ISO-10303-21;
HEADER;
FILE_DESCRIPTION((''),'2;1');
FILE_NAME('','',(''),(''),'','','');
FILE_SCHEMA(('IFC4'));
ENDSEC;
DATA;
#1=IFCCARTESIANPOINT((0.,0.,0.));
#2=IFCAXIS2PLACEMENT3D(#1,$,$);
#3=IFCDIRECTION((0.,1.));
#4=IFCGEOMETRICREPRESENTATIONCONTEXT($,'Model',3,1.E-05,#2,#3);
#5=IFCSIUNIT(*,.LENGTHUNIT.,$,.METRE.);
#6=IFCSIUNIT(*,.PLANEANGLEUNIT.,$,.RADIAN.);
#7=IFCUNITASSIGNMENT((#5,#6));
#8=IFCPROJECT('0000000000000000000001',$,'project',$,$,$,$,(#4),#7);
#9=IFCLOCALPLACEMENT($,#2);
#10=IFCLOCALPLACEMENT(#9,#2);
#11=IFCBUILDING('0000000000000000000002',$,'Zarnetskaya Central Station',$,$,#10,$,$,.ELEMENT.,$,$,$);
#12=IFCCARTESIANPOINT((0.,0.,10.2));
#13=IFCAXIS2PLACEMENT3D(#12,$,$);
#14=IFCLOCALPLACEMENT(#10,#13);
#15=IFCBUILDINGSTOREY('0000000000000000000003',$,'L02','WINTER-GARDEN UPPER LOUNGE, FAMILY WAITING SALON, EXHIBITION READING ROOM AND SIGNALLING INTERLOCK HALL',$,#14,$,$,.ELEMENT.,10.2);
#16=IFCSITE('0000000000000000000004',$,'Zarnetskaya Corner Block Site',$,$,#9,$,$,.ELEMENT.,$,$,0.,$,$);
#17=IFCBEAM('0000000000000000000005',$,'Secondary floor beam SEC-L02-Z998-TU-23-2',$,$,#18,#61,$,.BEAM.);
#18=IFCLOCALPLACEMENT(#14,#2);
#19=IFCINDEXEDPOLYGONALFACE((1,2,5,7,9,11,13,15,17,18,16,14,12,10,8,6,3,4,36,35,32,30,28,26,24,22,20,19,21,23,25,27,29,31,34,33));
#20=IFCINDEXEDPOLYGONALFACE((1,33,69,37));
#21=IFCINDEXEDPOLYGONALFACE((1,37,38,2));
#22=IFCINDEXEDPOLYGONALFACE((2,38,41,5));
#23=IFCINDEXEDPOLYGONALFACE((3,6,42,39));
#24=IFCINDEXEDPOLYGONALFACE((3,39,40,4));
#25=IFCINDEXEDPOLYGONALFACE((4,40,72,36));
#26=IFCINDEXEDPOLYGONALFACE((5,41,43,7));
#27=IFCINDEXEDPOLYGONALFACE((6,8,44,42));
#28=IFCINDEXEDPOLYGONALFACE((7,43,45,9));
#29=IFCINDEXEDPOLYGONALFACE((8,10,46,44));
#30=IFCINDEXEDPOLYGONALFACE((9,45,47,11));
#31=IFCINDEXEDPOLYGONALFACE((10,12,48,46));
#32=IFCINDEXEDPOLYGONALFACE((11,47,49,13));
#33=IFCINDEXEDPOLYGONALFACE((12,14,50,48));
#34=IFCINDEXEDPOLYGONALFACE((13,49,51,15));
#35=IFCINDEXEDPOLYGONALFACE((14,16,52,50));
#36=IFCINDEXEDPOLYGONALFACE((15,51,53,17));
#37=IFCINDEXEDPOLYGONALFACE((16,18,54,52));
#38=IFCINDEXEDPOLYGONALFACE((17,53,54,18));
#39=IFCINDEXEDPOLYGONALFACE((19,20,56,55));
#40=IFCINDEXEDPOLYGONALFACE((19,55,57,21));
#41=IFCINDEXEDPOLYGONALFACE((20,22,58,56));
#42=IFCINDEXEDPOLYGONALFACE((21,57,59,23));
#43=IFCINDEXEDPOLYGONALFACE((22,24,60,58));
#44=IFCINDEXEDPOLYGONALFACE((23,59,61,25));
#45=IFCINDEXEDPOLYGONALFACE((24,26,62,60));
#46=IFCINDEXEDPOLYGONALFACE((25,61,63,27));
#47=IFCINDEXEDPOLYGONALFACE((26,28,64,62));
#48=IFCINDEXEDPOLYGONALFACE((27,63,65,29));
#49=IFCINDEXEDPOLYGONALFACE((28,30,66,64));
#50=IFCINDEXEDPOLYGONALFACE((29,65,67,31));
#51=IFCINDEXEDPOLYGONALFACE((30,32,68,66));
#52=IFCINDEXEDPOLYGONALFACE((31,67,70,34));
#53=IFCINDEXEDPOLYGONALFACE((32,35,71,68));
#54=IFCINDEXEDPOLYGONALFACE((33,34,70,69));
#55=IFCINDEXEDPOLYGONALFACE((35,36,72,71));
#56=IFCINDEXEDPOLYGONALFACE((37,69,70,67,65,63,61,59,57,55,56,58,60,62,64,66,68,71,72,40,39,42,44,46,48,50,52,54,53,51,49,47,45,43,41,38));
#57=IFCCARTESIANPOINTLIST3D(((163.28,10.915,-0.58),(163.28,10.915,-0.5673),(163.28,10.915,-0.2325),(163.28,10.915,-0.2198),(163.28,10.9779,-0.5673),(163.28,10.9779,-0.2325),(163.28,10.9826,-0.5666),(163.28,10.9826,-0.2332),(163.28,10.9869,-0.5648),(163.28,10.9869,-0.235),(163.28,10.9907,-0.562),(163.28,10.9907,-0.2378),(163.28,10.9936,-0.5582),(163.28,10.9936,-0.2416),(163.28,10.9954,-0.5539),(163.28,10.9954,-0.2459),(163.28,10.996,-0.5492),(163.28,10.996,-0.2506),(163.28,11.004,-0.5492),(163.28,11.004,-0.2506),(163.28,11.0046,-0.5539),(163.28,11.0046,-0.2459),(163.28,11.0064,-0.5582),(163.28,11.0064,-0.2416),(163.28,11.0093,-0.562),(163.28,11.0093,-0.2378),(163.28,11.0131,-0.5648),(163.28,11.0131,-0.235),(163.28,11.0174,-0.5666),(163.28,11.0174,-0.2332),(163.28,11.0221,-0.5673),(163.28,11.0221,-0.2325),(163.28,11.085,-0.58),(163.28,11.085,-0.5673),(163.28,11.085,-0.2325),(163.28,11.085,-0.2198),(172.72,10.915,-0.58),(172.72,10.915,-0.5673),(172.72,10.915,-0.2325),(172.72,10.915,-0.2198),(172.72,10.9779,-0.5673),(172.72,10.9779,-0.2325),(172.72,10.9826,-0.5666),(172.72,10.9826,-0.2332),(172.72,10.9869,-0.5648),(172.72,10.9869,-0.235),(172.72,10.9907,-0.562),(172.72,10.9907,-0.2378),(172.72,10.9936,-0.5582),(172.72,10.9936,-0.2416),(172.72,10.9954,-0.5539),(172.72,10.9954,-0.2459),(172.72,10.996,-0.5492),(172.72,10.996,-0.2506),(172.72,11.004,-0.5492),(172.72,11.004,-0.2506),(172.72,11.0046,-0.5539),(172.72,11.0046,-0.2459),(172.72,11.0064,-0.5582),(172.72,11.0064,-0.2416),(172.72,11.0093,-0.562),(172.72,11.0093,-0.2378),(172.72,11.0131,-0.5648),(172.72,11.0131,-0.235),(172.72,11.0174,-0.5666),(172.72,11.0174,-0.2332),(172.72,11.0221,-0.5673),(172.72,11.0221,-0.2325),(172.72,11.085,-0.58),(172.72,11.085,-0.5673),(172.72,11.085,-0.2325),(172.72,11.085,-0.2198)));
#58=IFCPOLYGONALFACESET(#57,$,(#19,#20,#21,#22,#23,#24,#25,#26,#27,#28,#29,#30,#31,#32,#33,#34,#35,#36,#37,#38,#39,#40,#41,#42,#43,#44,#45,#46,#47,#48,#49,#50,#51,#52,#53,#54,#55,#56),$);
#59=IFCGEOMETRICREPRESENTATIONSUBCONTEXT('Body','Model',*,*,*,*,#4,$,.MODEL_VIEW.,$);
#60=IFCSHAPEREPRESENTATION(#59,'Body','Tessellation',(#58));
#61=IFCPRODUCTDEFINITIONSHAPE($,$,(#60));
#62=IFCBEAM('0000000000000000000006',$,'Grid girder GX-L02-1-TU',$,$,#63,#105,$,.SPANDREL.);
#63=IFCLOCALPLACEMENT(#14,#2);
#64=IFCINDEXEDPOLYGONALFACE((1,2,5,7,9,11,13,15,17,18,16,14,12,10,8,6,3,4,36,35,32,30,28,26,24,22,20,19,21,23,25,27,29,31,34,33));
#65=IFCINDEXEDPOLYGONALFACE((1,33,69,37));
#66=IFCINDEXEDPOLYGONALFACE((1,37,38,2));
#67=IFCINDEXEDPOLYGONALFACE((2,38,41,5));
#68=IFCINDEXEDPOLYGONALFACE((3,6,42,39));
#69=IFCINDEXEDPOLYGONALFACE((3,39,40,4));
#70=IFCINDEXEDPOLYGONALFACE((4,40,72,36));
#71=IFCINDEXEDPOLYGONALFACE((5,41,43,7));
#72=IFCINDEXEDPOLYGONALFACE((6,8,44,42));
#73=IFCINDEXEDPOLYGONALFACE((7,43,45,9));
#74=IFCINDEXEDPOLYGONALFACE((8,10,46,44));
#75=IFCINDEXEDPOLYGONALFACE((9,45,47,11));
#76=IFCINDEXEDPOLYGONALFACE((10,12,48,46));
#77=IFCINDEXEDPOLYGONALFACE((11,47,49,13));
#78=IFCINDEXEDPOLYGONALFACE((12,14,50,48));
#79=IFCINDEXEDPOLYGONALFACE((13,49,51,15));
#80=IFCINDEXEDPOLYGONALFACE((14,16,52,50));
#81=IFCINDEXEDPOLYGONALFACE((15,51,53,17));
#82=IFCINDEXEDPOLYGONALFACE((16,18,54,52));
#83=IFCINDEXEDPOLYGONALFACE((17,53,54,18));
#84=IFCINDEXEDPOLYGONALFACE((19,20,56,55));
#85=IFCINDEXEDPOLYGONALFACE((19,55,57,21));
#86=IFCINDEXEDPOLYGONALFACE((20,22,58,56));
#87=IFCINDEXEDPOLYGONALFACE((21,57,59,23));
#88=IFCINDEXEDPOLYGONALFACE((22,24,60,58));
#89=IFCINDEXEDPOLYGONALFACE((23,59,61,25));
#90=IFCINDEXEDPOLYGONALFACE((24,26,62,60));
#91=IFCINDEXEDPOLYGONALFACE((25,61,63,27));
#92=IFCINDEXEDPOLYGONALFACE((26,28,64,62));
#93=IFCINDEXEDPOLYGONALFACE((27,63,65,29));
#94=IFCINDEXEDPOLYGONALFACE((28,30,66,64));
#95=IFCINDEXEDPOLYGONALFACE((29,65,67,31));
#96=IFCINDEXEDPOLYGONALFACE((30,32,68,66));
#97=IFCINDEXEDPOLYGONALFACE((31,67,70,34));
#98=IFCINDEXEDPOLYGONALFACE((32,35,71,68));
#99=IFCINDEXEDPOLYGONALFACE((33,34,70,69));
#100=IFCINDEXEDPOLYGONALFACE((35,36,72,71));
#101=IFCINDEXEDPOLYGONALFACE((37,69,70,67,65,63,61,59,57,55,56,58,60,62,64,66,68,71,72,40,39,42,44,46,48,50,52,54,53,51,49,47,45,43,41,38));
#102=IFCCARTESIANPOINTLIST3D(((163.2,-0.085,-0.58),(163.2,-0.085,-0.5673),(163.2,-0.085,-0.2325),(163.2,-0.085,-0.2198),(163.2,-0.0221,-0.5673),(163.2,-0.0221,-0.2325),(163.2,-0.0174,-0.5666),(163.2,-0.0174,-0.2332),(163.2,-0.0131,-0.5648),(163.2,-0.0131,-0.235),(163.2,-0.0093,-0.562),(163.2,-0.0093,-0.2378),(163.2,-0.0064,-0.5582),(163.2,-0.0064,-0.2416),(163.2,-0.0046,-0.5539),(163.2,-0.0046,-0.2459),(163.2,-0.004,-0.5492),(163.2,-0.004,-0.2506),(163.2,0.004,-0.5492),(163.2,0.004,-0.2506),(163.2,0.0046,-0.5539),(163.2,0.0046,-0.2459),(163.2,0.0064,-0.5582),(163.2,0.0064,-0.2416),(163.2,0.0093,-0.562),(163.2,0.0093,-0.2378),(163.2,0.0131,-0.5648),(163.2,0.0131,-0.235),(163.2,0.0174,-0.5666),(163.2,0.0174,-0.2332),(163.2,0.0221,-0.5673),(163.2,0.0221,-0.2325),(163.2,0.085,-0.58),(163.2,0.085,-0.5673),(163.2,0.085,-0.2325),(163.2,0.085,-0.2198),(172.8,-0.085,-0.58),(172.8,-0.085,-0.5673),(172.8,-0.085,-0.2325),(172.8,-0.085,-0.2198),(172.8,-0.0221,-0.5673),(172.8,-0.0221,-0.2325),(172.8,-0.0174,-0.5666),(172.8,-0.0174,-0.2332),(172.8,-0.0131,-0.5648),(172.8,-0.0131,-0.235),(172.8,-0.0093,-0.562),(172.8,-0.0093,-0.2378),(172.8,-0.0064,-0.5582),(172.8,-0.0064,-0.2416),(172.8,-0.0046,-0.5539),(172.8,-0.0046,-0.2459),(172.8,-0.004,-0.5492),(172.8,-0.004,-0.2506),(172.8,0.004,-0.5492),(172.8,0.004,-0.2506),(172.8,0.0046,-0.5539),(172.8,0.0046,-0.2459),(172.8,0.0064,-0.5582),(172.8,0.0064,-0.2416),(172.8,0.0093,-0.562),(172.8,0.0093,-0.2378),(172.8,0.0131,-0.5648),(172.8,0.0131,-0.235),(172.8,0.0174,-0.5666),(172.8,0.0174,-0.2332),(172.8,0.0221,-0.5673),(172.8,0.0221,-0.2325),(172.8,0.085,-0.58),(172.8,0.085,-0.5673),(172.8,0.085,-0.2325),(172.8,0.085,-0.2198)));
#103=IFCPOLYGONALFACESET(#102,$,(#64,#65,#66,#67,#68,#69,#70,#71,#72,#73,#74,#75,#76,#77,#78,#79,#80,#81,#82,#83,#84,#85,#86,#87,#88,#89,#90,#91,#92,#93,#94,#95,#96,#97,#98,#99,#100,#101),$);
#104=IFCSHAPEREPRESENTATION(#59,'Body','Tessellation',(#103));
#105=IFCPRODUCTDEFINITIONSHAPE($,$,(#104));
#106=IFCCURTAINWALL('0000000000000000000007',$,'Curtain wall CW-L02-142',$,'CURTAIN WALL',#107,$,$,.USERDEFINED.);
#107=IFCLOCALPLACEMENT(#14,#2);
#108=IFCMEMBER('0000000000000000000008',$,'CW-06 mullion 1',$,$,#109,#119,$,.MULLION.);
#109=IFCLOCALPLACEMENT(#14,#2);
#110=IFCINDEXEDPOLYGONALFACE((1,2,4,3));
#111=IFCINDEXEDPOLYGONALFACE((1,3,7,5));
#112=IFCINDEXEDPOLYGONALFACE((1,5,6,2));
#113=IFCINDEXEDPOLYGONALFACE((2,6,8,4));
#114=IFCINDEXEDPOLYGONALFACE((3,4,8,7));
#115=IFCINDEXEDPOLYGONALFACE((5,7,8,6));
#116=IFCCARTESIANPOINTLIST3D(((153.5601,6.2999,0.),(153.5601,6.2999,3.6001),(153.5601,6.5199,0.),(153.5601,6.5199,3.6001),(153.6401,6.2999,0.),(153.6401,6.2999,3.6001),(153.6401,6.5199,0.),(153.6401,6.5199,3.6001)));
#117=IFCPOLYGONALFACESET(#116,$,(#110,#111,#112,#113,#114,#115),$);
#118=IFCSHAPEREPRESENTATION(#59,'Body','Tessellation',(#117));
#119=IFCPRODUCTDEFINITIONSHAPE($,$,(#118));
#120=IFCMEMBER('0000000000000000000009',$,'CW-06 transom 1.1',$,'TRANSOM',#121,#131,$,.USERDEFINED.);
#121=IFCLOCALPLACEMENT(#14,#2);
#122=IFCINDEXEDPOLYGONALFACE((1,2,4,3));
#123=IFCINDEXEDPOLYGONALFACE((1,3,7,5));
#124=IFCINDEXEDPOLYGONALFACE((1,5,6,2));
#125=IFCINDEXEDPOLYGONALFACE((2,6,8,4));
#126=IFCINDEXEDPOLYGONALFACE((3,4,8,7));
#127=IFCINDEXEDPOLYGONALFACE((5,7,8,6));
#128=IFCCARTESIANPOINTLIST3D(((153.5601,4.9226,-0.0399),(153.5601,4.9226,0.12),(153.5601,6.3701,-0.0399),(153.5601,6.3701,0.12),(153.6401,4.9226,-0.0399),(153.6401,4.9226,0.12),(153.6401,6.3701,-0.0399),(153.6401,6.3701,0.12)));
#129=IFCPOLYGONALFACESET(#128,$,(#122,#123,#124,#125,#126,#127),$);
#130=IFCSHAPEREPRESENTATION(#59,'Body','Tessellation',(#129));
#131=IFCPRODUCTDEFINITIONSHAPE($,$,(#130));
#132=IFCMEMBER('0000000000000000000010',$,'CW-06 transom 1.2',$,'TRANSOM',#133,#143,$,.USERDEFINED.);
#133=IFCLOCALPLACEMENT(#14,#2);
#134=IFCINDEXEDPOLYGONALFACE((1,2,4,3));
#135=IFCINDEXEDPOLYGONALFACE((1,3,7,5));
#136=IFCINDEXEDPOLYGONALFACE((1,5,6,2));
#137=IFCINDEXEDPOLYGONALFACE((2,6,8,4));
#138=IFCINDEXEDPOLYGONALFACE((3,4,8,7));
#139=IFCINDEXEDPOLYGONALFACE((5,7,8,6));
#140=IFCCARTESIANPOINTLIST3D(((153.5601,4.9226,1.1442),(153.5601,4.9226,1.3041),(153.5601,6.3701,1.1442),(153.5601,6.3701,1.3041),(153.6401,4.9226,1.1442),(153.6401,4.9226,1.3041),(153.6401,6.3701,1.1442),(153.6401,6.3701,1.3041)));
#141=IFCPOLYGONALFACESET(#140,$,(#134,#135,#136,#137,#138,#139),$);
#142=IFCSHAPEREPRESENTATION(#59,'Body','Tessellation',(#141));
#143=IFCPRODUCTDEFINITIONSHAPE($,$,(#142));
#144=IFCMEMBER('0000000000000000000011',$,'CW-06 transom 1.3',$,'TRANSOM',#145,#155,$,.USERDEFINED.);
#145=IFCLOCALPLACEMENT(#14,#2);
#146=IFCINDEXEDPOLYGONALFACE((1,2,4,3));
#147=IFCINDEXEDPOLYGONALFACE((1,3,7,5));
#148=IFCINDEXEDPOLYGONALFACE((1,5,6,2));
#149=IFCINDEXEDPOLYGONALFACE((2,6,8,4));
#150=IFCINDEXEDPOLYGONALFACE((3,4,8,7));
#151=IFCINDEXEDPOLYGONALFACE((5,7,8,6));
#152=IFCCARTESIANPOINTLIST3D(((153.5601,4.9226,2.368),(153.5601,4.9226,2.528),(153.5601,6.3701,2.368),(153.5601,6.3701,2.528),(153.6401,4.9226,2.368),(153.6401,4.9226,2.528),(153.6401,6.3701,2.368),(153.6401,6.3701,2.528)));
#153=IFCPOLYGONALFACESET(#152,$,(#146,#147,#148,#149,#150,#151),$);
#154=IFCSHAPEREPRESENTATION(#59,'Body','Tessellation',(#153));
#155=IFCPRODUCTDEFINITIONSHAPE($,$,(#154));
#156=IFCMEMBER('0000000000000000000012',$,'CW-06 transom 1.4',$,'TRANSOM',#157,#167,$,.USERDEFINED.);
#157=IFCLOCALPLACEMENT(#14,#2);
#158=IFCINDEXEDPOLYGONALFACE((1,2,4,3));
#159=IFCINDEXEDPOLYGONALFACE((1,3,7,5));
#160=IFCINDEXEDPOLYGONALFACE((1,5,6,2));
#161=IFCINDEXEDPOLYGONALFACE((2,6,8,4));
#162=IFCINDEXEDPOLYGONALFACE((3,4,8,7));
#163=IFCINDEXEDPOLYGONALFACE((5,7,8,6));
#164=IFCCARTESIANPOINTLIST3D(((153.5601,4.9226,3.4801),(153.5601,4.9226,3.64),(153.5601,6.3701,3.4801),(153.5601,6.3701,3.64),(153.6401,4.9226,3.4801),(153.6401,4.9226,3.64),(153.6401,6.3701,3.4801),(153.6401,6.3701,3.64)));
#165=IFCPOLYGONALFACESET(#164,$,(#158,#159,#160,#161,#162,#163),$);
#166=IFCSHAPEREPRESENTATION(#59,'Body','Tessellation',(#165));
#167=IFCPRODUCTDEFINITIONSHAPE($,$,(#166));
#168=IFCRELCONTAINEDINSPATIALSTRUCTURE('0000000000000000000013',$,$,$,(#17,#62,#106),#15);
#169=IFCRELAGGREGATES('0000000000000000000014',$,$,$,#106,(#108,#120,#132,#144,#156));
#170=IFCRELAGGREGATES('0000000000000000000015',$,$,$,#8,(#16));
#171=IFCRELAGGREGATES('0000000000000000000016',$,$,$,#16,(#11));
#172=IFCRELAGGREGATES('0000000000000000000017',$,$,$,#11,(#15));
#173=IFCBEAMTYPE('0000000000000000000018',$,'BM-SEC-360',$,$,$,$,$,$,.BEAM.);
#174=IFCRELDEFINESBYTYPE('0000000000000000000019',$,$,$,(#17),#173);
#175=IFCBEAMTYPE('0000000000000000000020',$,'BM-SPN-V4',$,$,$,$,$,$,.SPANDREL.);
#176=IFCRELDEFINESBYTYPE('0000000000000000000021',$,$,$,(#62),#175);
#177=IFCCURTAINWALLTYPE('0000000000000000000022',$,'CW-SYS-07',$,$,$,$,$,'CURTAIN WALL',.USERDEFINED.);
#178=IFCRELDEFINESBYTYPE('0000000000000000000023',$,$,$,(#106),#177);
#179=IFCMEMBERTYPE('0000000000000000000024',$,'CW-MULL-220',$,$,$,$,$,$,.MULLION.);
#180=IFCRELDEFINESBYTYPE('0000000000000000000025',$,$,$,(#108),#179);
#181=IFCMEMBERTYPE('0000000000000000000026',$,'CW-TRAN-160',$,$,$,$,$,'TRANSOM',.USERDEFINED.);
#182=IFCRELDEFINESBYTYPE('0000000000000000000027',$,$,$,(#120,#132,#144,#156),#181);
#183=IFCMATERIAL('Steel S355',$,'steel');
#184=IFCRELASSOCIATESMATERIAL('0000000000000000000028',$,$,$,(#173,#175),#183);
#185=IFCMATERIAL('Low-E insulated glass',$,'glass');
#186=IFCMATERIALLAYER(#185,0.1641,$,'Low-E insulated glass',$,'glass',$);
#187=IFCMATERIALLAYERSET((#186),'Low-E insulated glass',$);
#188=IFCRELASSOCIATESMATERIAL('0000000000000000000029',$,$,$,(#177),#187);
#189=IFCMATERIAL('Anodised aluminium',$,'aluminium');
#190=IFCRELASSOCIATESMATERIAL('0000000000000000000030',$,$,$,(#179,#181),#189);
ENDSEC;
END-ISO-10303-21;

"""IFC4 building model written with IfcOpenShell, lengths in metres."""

from ifc_helpers import new_model, si_unit, direction, frame, origin, origin_2d, place, context, subcontext, project, spatial, rectangle, i_section, extrude, material, layer, layer_set, material_profile, profile_set, type_object, element, aggregate, save


model = new_model("IFC4")

# Units and contexts
model_context = context("Model", 3, precision=1e-05, world=origin(), true_north=direction((0.0, 1.0)))
body_context = subcontext(model_context, "Body", "Model", "MODEL_VIEW")
ifc_project = project(units=[si_unit("LENGTHUNIT", "METRE"), si_unit("PLANEANGLEUNIT", "RADIAN")], contexts=[model_context])

# Site, building, storey
site_placement = place(None, origin())
site = spatial("IfcSite", under=ifc_project, at=site_placement, Name="Zarnetskaya Corner Block Site", CompositionType="ELEMENT", RefElevation=0.0)
building_placement = place(site_placement, origin())
building = spatial("IfcBuilding", under=site, at=building_placement, Name="Zarnetskaya Central Station", CompositionType="ELEMENT")
storey_placement = place(building_placement, frame((0.0, 0.0, 10.2)))
storey = spatial("IfcBuildingStorey", under=building, at=storey_placement, Name="L02", Description="WINTER-GARDEN UPPER LOUNGE, FAMILY WAITING SALON, EXHIBITION READING ROOM AND SIGNALLING INTERLOCK HALL", CompositionType="ELEMENT", Elevation=10.2)

# Shared definitions
ifc_material_1 = material(Name="Steel S355", Category="steel")

# Beams
ifc_material_profile_1 = material_profile(ifc_material_1, i_section(OverallWidth=0.1699, OverallDepth=0.3601, WebThickness=0.0081, FlangeThickness=0.0127, FilletRadius=0.0181, at=origin_2d()), Name="IPE 360")
ifc_profile_set_1 = profile_set([ifc_material_profile_1], Name="Steel S355")
beam_type_1 = type_object("IfcBeamType", Name="BM-SEC-360", PredefinedType="BEAM", material=ifc_profile_set_1)
for number, where, z_axis, x_axis, name in (
    (1, (163.28, 11.0, -0.3999), (1.0, 0.0, 0.0), (0.0, 1.0, 0.0), "Secondary floor beam SEC-L02-Z998-TU-23-2"),
):
    element("IfcBeam", number, at=place(storey_placement, frame(where, z_axis=z_axis, x_axis=x_axis)), inside=storey, type_object=beam_type_1, Name=name, PredefinedType="BEAM", context=body_context, shape_type="SweptSolid", body=[
        extrude(i_section(OverallWidth=0.1699, OverallDepth=0.3601, WebThickness=0.0081, FlangeThickness=0.0127, FilletRadius=0.0181, at=origin_2d()), origin(), (0.0, 0.0, 1.0), 9.4399),
    ])
ifc_material_profile_2 = material_profile(ifc_material_1, i_section(OverallWidth=0.1699, OverallDepth=0.3601, WebThickness=0.0081, FlangeThickness=0.0127, FilletRadius=0.0181, at=origin_2d()), Name="IPE 360")
ifc_profile_set_2 = profile_set([ifc_material_profile_2], Name="Steel S355")
beam_type_2 = type_object("IfcBeamType", Name="BM-SPN-V4", PredefinedType="SPANDREL", material=ifc_profile_set_2)
beam_1_placement = place(storey_placement, frame((163.2, 0.0, -0.3999), z_axis=(1.0, 0.0, 0.0), x_axis=(0.0, 1.0, 0.0)))
element("IfcBeam", 2, at=beam_1_placement, inside=storey, type_object=beam_type_2, Name="Grid girder GX-L02-1-TU", PredefinedType="SPANDREL", context=body_context, shape_type="SweptSolid", body=[
    extrude(i_section(OverallWidth=0.1699, OverallDepth=0.3601, WebThickness=0.0081, FlangeThickness=0.0127, FilletRadius=0.0181, at=origin_2d()), origin(), (0.0, 0.0, 1.0), 9.6001),
])

# Curtain wall, members
ifc_material_2 = material(Name="Low-E insulated glass", Category="glass")
ifc_layer_1 = layer(ifc_material_2, 0.1641, Name="Low-E insulated glass", Category="glass")
ifc_layer_set_1 = layer_set([ifc_layer_1], Name="Low-E insulated glass")
curtain_wall_type = type_object("IfcCurtainWallType", Name="CW-SYS-07", ElementType="CURTAIN WALL", PredefinedType="USERDEFINED", material=ifc_layer_set_1)
curtain_wall_placement = place(storey_placement, origin())
curtain_wall = element("IfcCurtainWall", 3, at=curtain_wall_placement, inside=storey, type_object=curtain_wall_type, Name="Curtain wall CW-L02-142", ObjectType="CURTAIN WALL", PredefinedType="USERDEFINED")
ifc_material_3 = material(Name="Anodised aluminium", Category="aluminium")
ifc_material_profile_3 = material_profile(ifc_material_3, rectangle(XDim=0.0801, YDim=0.22, at=origin_2d()), Name="ALU MULL 80x220")
ifc_profile_set_3 = profile_set([ifc_material_profile_3], Name="Anodised aluminium")
member_type_1 = type_object("IfcMemberType", Name="CW-MULL-220", PredefinedType="MULLION", material=ifc_profile_set_3)
member_1_placement = place(storey_placement, frame((153.6001, 6.4099, 0.0), z_axis=(0.0, 0.0, 1.0), x_axis=(1.0, 0.0, 0.0)))
member_1 = element("IfcMember", 4, at=member_1_placement, type_object=member_type_1, Name="CW-06 mullion 1", PredefinedType="MULLION", context=body_context, shape_type="SweptSolid", body=[
    extrude(rectangle(XDim=0.0801, YDim=0.22, at=origin_2d()), origin(), (0.0, 0.0, 1.0), 3.6001),
])
ifc_material_profile_4 = material_profile(ifc_material_3, rectangle(XDim=0.0801, YDim=0.1599, at=origin_2d()), Name="ALU TRAN 80x160")
ifc_profile_set_4 = profile_set([ifc_material_profile_4], Name="Anodised aluminium")
member_type_2 = type_object("IfcMemberType", Name="CW-TRAN-160", ElementType="TRANSOM", PredefinedType="USERDEFINED", material=ifc_profile_set_4)
member_2_placement = place(storey_placement, frame((153.6001, 6.3701, 0.04), z_axis=(0.0, -1.0, 0.0), x_axis=(1.0, 0.0, 0.0)))
member_2 = element("IfcMember", 5, at=member_2_placement, type_object=member_type_2, Name="CW-06 transom 1.1", ObjectType="TRANSOM", PredefinedType="USERDEFINED", context=body_context, shape_type="SweptSolid", body=[
    extrude(rectangle(XDim=0.0801, YDim=0.1599, at=origin_2d()), origin(), (0.0, 0.0, 1.0), 1.4475),
])
member_3_placement = place(storey_placement, frame((153.6001, 6.3701, 1.2241), z_axis=(0.0, -1.0, 0.0), x_axis=(1.0, 0.0, 0.0)))
member_3 = element("IfcMember", 6, at=member_3_placement, type_object=member_type_2, Name="CW-06 transom 1.2", ObjectType="TRANSOM", PredefinedType="USERDEFINED", context=body_context, shape_type="SweptSolid", body=[
    extrude(rectangle(XDim=0.0801, YDim=0.1599, at=origin_2d()), origin(), (0.0, 0.0, 1.0), 1.4475),
])
member_4_placement = place(storey_placement, frame((153.6001, 6.3701, 2.448), z_axis=(0.0, -1.0, 0.0), x_axis=(1.0, 0.0, 0.0)))
member_4 = element("IfcMember", 7, at=member_4_placement, type_object=member_type_2, Name="CW-06 transom 1.3", ObjectType="TRANSOM", PredefinedType="USERDEFINED", context=body_context, shape_type="SweptSolid", body=[
    extrude(rectangle(XDim=0.0801, YDim=0.1599, at=origin_2d()), origin(), (0.0, 0.0, 1.0), 1.4475),
])
member_5_placement = place(storey_placement, frame((153.6001, 6.3701, 3.5601), z_axis=(0.0, -1.0, 0.0), x_axis=(1.0, 0.0, 0.0)))
member_5 = element("IfcMember", 8, at=member_5_placement, type_object=member_type_2, Name="CW-06 transom 1.4", ObjectType="TRANSOM", PredefinedType="USERDEFINED", context=body_context, shape_type="SweptSolid", body=[
    extrude(rectangle(XDim=0.0801, YDim=0.1599, at=origin_2d()), origin(), (0.0, 0.0, 1.0), 1.4475),
])

aggregate(curtain_wall, [member_1, member_2, member_3, member_4, member_5])

save(model, "model.ifc")
